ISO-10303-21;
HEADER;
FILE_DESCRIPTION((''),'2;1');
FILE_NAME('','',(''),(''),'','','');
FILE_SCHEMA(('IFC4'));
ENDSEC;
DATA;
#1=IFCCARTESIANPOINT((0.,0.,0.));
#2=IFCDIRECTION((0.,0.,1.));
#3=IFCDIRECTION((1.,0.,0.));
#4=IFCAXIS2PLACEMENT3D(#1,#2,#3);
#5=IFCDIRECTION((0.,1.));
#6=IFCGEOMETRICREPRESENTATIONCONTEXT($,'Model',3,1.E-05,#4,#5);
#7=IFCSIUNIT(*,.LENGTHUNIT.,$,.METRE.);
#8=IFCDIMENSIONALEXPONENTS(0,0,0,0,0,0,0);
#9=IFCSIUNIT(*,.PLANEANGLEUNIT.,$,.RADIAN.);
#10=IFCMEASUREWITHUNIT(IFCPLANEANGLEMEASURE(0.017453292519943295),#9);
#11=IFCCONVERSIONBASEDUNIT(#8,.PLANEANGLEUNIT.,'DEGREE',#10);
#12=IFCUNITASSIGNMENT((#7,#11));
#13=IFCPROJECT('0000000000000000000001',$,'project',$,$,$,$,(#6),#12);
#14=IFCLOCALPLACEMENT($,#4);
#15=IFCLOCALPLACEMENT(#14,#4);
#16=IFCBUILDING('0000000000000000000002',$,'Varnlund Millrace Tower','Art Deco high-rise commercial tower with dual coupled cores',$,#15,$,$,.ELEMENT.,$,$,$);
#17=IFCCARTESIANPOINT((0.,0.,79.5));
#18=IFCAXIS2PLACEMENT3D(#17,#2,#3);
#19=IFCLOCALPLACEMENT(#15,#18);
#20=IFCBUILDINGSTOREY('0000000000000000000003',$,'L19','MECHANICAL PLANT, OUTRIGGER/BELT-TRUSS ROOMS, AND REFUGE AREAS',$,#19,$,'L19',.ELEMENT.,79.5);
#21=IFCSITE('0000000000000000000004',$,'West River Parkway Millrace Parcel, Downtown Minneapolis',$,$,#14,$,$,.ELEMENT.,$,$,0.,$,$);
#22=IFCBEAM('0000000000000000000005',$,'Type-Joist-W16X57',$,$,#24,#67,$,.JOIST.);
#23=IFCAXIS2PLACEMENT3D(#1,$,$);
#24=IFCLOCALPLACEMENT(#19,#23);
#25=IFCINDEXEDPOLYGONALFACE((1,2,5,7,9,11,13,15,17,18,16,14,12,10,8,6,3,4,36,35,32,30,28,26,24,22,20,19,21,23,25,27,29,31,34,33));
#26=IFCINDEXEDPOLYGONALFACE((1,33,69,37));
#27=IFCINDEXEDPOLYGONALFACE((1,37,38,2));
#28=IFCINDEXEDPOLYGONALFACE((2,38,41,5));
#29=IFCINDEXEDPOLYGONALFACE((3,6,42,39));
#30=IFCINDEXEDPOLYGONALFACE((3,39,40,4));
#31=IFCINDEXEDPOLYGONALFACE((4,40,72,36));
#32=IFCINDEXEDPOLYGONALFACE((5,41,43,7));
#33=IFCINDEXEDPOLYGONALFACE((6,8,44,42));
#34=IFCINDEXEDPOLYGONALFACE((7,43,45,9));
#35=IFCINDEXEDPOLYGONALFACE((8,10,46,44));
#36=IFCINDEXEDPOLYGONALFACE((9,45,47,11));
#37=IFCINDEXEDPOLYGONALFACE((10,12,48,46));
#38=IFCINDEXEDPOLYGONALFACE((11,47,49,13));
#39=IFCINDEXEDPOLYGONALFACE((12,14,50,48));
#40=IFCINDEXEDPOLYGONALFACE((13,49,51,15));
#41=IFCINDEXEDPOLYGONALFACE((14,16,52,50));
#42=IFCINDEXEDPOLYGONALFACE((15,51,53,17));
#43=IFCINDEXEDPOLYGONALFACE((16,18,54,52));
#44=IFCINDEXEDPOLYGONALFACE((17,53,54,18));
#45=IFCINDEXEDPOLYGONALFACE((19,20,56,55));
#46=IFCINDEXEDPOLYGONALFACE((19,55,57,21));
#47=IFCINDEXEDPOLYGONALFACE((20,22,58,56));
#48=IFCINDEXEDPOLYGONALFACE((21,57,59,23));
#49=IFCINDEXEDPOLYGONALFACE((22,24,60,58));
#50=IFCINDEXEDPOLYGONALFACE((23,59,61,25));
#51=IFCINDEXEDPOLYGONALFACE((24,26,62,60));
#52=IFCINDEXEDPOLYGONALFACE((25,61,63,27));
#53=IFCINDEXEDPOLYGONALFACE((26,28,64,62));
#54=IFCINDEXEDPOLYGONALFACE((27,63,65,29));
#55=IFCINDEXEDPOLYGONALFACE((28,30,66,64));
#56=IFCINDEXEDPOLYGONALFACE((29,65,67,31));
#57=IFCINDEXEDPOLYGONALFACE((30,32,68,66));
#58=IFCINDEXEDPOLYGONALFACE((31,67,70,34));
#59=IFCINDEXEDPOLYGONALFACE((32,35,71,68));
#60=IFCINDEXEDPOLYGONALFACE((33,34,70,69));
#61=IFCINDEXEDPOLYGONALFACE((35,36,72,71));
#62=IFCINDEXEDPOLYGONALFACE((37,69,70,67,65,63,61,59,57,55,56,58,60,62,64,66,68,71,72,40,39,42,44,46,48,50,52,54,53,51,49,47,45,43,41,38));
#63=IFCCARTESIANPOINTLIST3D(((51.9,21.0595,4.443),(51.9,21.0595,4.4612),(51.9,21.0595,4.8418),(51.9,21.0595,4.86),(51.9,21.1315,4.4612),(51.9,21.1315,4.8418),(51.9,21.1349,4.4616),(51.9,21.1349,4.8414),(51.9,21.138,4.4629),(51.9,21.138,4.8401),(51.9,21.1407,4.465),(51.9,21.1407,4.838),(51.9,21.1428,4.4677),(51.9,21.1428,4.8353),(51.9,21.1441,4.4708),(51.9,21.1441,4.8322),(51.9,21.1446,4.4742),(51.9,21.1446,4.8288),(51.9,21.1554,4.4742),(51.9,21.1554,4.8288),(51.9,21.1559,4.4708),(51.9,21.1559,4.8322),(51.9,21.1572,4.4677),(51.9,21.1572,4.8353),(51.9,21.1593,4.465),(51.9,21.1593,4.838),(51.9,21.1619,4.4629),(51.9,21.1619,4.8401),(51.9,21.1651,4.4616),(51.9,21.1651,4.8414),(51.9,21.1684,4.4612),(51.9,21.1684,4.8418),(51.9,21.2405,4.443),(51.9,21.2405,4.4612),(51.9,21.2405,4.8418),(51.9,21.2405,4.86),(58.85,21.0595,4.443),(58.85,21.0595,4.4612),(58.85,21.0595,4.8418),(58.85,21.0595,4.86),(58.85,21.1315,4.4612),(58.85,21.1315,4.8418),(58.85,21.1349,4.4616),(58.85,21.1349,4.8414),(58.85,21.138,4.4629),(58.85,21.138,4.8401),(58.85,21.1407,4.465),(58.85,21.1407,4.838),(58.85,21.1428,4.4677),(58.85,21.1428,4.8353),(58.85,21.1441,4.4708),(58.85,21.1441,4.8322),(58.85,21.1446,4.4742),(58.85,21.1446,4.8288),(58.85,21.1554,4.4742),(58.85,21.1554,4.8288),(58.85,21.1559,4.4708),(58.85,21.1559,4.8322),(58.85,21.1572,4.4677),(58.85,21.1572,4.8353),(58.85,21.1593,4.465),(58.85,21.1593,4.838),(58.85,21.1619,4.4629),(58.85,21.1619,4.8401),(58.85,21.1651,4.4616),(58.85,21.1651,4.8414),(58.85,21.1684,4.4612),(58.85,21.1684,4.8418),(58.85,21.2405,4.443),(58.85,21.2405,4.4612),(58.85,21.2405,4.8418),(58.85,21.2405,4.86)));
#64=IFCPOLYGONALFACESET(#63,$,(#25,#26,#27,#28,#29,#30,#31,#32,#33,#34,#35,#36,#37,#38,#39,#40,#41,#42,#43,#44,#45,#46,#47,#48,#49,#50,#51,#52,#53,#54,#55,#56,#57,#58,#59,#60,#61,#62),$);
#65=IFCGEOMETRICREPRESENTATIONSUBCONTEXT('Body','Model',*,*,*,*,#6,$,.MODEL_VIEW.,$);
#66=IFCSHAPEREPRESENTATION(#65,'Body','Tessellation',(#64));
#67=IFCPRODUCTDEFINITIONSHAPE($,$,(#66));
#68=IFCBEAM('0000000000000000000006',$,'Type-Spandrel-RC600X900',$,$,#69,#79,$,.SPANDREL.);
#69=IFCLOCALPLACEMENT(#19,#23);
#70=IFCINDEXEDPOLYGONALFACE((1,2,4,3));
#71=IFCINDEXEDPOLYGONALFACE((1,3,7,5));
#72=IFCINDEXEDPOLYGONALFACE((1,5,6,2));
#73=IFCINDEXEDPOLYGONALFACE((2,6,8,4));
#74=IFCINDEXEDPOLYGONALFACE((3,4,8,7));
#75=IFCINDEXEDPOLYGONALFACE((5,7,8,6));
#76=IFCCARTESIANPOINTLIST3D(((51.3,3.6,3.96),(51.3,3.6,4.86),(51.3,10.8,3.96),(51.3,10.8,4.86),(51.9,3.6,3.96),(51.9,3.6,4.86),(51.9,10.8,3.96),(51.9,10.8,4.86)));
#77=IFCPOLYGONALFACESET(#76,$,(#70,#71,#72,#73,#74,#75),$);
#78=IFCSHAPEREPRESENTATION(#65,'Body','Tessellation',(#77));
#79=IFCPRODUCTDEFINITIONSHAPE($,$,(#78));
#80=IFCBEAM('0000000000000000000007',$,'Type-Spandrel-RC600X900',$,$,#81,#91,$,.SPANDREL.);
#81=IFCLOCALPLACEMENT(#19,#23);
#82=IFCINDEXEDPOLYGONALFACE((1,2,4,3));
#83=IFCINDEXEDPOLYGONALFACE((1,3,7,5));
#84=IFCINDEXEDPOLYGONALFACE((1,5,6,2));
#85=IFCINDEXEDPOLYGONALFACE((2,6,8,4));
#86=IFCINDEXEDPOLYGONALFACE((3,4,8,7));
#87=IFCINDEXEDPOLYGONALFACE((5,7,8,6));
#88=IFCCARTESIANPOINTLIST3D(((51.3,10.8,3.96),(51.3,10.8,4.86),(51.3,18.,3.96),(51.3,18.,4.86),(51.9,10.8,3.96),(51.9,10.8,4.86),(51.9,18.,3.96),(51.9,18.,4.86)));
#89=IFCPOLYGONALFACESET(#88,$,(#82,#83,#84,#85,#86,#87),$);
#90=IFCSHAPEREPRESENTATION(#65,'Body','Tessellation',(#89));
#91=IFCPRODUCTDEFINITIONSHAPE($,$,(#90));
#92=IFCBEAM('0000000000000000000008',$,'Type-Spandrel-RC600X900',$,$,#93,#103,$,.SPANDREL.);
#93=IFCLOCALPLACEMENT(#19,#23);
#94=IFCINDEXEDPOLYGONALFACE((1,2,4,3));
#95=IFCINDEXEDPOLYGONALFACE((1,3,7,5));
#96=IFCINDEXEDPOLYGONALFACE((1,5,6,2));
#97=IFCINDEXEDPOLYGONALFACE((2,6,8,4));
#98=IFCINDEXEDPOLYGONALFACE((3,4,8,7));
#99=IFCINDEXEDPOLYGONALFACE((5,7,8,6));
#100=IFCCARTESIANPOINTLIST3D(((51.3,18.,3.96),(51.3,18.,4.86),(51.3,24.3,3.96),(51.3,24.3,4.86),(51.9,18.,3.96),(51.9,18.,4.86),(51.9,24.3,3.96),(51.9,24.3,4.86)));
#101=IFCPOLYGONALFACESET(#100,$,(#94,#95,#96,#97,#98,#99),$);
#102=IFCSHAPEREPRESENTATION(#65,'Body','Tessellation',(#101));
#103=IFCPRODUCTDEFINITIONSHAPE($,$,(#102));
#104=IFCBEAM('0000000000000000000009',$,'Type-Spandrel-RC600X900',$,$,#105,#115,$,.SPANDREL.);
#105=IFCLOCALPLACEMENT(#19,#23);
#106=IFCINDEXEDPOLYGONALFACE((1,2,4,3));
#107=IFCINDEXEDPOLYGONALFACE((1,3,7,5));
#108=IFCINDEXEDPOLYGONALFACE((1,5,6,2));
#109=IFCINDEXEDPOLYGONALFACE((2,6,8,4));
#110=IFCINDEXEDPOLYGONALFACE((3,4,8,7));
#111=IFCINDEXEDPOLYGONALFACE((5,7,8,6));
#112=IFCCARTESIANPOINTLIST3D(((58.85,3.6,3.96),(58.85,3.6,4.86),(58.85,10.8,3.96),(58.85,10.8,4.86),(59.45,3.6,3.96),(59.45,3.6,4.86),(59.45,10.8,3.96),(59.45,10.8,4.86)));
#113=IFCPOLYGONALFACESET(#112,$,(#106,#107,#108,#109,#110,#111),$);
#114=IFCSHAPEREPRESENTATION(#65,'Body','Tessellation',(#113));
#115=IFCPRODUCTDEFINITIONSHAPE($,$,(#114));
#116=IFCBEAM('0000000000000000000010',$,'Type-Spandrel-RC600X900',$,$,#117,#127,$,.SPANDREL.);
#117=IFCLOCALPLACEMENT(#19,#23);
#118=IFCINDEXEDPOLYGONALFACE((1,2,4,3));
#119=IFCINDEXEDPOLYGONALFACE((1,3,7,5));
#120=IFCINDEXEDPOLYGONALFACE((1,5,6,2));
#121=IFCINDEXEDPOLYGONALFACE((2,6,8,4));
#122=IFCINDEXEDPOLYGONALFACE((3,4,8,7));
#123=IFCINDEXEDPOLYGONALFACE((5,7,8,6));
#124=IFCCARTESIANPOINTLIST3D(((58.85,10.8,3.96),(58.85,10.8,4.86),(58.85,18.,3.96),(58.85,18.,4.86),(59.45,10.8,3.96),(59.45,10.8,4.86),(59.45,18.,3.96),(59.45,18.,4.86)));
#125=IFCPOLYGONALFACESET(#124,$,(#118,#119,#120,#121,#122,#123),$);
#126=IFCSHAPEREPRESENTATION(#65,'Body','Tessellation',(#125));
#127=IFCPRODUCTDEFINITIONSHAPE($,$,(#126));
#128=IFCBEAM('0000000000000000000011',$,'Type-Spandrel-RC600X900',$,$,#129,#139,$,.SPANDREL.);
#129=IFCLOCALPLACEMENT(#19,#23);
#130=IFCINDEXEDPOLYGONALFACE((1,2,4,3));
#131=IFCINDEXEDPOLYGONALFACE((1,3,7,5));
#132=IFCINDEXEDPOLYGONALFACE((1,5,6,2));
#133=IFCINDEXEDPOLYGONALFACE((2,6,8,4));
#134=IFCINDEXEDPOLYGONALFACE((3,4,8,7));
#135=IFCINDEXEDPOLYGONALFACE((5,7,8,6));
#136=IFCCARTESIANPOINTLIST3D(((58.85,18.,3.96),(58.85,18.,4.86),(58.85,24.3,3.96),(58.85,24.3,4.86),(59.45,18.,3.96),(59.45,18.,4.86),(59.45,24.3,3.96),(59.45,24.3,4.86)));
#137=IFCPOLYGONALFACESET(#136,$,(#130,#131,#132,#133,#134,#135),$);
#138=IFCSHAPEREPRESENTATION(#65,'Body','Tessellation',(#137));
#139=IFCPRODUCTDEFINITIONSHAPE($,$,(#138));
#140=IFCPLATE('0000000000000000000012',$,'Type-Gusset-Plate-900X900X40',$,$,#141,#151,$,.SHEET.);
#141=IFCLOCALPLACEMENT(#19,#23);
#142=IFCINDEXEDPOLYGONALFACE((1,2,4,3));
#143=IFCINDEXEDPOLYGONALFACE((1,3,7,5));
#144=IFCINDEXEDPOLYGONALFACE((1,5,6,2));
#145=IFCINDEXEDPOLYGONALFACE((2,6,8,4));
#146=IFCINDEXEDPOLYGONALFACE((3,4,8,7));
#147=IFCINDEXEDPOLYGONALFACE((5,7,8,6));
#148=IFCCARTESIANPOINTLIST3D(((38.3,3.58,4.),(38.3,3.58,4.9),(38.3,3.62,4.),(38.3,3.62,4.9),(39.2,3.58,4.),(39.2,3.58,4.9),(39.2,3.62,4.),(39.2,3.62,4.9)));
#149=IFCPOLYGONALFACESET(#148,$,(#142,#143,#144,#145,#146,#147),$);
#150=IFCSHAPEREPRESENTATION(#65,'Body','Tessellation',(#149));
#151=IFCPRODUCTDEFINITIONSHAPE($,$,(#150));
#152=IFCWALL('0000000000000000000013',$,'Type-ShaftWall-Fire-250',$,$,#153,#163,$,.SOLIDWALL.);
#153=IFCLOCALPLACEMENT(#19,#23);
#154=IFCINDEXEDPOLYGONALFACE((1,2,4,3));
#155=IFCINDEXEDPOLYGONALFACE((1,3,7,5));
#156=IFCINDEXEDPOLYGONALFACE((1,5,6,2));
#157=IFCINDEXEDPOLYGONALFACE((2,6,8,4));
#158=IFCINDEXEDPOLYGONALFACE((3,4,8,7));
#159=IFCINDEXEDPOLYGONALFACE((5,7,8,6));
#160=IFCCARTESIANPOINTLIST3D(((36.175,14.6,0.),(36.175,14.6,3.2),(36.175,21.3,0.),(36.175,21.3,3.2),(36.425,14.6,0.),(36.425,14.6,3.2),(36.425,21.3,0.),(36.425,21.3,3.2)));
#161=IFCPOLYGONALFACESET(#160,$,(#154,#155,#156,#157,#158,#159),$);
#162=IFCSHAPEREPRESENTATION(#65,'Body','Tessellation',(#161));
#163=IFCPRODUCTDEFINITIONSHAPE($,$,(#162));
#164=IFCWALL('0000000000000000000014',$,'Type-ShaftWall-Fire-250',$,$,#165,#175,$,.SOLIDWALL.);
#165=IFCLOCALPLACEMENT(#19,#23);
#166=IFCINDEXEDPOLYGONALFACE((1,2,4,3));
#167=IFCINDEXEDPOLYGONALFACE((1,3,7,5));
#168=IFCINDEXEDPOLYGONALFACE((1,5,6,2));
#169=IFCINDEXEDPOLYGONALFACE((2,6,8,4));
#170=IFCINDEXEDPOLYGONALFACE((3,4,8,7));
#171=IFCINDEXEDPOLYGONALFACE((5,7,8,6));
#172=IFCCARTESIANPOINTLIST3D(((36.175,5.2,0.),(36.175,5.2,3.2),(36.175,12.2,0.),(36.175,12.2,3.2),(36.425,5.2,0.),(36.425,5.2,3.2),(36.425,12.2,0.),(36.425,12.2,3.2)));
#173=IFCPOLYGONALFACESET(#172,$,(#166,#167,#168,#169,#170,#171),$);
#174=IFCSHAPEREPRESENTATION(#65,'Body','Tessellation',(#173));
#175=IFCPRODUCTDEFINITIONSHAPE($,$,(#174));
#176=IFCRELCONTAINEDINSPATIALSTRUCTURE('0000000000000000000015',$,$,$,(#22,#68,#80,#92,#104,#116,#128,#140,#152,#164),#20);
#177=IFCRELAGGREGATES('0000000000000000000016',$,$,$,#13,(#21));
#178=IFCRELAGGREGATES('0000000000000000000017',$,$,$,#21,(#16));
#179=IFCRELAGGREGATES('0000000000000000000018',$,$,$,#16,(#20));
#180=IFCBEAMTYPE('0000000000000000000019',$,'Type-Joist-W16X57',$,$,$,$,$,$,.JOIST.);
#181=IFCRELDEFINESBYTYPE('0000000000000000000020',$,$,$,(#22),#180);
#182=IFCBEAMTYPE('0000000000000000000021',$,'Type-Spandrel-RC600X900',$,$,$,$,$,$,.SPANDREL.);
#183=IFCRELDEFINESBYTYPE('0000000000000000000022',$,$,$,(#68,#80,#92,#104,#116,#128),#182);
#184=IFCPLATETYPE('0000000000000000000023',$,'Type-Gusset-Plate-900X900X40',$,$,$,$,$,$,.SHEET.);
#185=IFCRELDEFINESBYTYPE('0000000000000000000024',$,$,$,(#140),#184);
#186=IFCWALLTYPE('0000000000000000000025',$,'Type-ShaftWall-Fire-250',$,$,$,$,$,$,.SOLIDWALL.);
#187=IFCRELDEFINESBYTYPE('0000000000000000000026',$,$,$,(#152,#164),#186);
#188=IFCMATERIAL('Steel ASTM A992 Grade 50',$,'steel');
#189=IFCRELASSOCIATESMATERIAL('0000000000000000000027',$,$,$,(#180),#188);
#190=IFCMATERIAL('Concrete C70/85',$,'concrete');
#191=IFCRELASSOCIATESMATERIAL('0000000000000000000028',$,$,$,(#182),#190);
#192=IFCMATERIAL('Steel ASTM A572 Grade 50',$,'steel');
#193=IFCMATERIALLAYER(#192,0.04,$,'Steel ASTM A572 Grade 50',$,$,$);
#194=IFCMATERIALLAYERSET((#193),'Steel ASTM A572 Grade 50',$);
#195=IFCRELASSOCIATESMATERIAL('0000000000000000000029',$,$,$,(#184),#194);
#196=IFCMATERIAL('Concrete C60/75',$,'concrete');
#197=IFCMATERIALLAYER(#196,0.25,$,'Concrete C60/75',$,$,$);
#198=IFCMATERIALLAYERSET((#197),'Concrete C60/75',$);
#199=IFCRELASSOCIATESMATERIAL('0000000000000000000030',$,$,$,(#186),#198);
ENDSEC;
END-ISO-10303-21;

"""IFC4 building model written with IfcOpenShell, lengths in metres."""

from ifc_helpers import new_model, entity, si_unit, converted_unit, direction, frame, origin_with_axes, origin_2d_with_axis, place, context, subcontext, project, spatial, polyline, rectangle, i_section, outline, extrude, material, layer, layer_set, material_profile, profile_set, type_object, element, save


model = new_model("IFC4")

# Units and contexts
model_context = context("Model", 3, precision=1e-05, world=origin_with_axes(), true_north=direction((0.0, 1.0)))
body_context = subcontext(model_context, "Body", "Model", "MODEL_VIEW")
ifc_project = project(units=[si_unit("LENGTHUNIT", "METRE"), converted_unit("PLANEANGLEUNIT", "DEGREE", entity("IfcPlaneAngleMeasure", 0.017453292519943295), si_unit("PLANEANGLEUNIT", "RADIAN"), dimensions=[0, 0, 0, 0, 0, 0, 0])], contexts=[model_context])

# Site, building, storey
site_placement = place(None, origin_with_axes())
site = spatial("IfcSite", under=ifc_project, at=site_placement, Name="West River Parkway Millrace Parcel, Downtown Minneapolis", CompositionType="ELEMENT", RefElevation=0.0)
building_placement = place(site_placement, origin_with_axes())
building = spatial("IfcBuilding", under=site, at=building_placement, Name="Varnlund Millrace Tower", Description="Art Deco high-rise commercial tower with dual coupled cores", CompositionType="ELEMENT")
storey_placement = place(building_placement, frame((0.0, 0.0, 79.5), z_axis=(0.0, 0.0, 1.0), x_axis=(1.0, 0.0, 0.0)))
storey = spatial("IfcBuildingStorey", under=building, at=storey_placement, Name="L19", Description="MECHANICAL PLANT, OUTRIGGER/BELT-TRUSS ROOMS, AND REFUGE AREAS", LongName="L19", CompositionType="ELEMENT", Elevation=79.5)

# Beams
ifc_material_1 = material(Name="Steel ASTM A992 Grade 50", Category="steel")
ifc_material_profile_1 = material_profile(ifc_material_1, i_section(OverallWidth=0.181, OverallDepth=0.417, WebThickness=0.0109, FlangeThickness=0.0182, FilletRadius=0.013, at=origin_2d_with_axis()), Name="Steel ASTM A992 Grade 50")
ifc_profile_set_1 = profile_set([ifc_material_profile_1], Name="Steel ASTM A992 Grade 50")
beam_type_1 = type_object("IfcBeamType", Name="Type-Joist-W16X57", PredefinedType="JOIST", material=ifc_profile_set_1)
for number, where, z_axis, x_axis, name in (
    (1, (51.9, 21.15, 4.6515), (1.0, 0.0, 0.0), (0.0, 1.0, 0.0), "Type-Joist-W16X57"),
):
    element("IfcBeam", number, at=place(storey_placement, frame(where, z_axis=z_axis, x_axis=x_axis)), inside=storey, type_object=beam_type_1, Name=name, PredefinedType="JOIST", context=body_context, shape_type="SweptSolid", body=[
        extrude(i_section(OverallWidth=0.181, OverallDepth=0.417, WebThickness=0.0109, FlangeThickness=0.0182, FilletRadius=0.013, at=origin_2d_with_axis()), origin_with_axes(), (0.0, 0.0, 1.0), 6.95),
    ])
ifc_material_2 = material(Name="Concrete C70/85", Category="concrete")
ifc_material_profile_2 = material_profile(ifc_material_2, rectangle(XDim=0.6, YDim=0.9, at=origin_2d_with_axis()), Name="Concrete C70/85")
ifc_profile_set_2 = profile_set([ifc_material_profile_2], Name="Concrete C70/85")
beam_type_2 = type_object("IfcBeamType", Name="Type-Spandrel-RC600X900", PredefinedType="SPANDREL", material=ifc_profile_set_2)
for number, where, z_axis, x_axis, name in (
    (2, (51.6, 3.6, 4.41), (0.0, 1.0, 0.0), (-1.0, 0.0, 0.0), "Type-Spandrel-RC600X900"),
    (3, (51.6, 10.8, 4.41), (0.0, 1.0, 0.0), (-1.0, 0.0, 0.0), "Type-Spandrel-RC600X900"),
):
    element("IfcBeam", number, at=place(storey_placement, frame(where, z_axis=z_axis, x_axis=x_axis)), inside=storey, type_object=beam_type_2, Name=name, PredefinedType="SPANDREL", context=body_context, shape_type="SweptSolid", body=[
        extrude(rectangle(XDim=0.6, YDim=0.9, at=origin_2d_with_axis()), origin_with_axes(), (0.0, 0.0, 1.0), 7.2),
    ])
beam_1_placement = place(storey_placement, frame((51.6, 18.0, 4.41), z_axis=(0.0, 1.0, 0.0), x_axis=(-1.0, 0.0, 0.0)))
element("IfcBeam", 4, at=beam_1_placement, inside=storey, type_object=beam_type_2, Name="Type-Spandrel-RC600X900", PredefinedType="SPANDREL", context=body_context, shape_type="SweptSolid", body=[
    extrude(rectangle(XDim=0.6, YDim=0.9, at=origin_2d_with_axis()), origin_with_axes(), (0.0, 0.0, 1.0), 6.3),
])
for number, where, z_axis, x_axis, name in (
    (5, (59.15, 3.6, 4.41), (0.0, 1.0, 0.0), (-1.0, 0.0, 0.0), "Type-Spandrel-RC600X900"),
    (6, (59.15, 10.8, 4.41), (0.0, 1.0, 0.0), (-1.0, 0.0, 0.0), "Type-Spandrel-RC600X900"),
):
    element("IfcBeam", number, at=place(storey_placement, frame(where, z_axis=z_axis, x_axis=x_axis)), inside=storey, type_object=beam_type_2, Name=name, PredefinedType="SPANDREL", context=body_context, shape_type="SweptSolid", body=[
        extrude(rectangle(XDim=0.6, YDim=0.9, at=origin_2d_with_axis()), origin_with_axes(), (0.0, 0.0, 1.0), 7.2),
    ])
beam_2_placement = place(storey_placement, frame((59.15, 18.0, 4.41), z_axis=(0.0, 1.0, 0.0), x_axis=(-1.0, 0.0, 0.0)))
element("IfcBeam", 7, at=beam_2_placement, inside=storey, type_object=beam_type_2, Name="Type-Spandrel-RC600X900", PredefinedType="SPANDREL", context=body_context, shape_type="SweptSolid", body=[
    extrude(rectangle(XDim=0.6, YDim=0.9, at=origin_2d_with_axis()), origin_with_axes(), (0.0, 0.0, 1.0), 6.3),
])

# Plate
ifc_material_3 = material(Name="Steel ASTM A572 Grade 50", Category="steel")
ifc_layer_1 = layer(ifc_material_3, 0.04, Name="Steel ASTM A572 Grade 50")
ifc_layer_set_1 = layer_set([ifc_layer_1], Name="Steel ASTM A572 Grade 50")
plate_type = type_object("IfcPlateType", Name="Type-Gusset-Plate-900X900X40", PredefinedType="SHEET", material=ifc_layer_set_1)
plate_placement = place(storey_placement, frame((38.75, 3.6, 4.0), z_axis=(0.0, 0.0, 1.0), x_axis=(1.0, 0.0, 0.0)))
element("IfcPlate", 8, at=plate_placement, inside=storey, type_object=plate_type, Name="Type-Gusset-Plate-900X900X40", PredefinedType="SHEET", context=body_context, shape_type="SweptSolid", body=[
    extrude(rectangle(XDim=0.9, YDim=0.04, at=origin_2d_with_axis()), origin_with_axes(), (0.0, 0.0, 1.0), 0.9),
])

# Walls
ifc_material_4 = material(Name="Concrete C60/75", Category="concrete")
ifc_layer_2 = layer(ifc_material_4, 0.25, Name="Concrete C60/75")
ifc_layer_set_2 = layer_set([ifc_layer_2], Name="Concrete C60/75")
wall_type = type_object("IfcWallType", Name="Type-ShaftWall-Fire-250", PredefinedType="SOLIDWALL", material=ifc_layer_set_2)
wall_1_placement = place(storey_placement, frame((36.3, 14.6, 0.0), z_axis=(0.0, 0.0, 1.0), x_axis=(0.0, 1.0, 0.0)))
element("IfcWall", 9, at=wall_1_placement, inside=storey, type_object=wall_type, Name="Type-ShaftWall-Fire-250", PredefinedType="SOLIDWALL", context=body_context, shape_type="SweptSolid", body=[
    extrude(outline(polyline([(0.0, -0.125), (6.7, -0.125), (6.7, 0.125), (0.0, 0.125), (0.0, -0.125)])), origin_with_axes(), (0.0, 0.0, 1.0), 3.2),
])
wall_2_placement = place(storey_placement, frame((36.3, 5.2, 0.0), z_axis=(0.0, 0.0, 1.0), x_axis=(0.0, 1.0, 0.0)))
element("IfcWall", 10, at=wall_2_placement, inside=storey, type_object=wall_type, Name="Type-ShaftWall-Fire-250", PredefinedType="SOLIDWALL", context=body_context, shape_type="SweptSolid", body=[
    extrude(outline(polyline([(0.0, -0.125), (7.0, -0.125), (7.0, 0.125), (0.0, 0.125), (0.0, -0.125)])), origin_with_axes(), (0.0, 0.0, 1.0), 3.2),
])

save(model, "model.ifc")
